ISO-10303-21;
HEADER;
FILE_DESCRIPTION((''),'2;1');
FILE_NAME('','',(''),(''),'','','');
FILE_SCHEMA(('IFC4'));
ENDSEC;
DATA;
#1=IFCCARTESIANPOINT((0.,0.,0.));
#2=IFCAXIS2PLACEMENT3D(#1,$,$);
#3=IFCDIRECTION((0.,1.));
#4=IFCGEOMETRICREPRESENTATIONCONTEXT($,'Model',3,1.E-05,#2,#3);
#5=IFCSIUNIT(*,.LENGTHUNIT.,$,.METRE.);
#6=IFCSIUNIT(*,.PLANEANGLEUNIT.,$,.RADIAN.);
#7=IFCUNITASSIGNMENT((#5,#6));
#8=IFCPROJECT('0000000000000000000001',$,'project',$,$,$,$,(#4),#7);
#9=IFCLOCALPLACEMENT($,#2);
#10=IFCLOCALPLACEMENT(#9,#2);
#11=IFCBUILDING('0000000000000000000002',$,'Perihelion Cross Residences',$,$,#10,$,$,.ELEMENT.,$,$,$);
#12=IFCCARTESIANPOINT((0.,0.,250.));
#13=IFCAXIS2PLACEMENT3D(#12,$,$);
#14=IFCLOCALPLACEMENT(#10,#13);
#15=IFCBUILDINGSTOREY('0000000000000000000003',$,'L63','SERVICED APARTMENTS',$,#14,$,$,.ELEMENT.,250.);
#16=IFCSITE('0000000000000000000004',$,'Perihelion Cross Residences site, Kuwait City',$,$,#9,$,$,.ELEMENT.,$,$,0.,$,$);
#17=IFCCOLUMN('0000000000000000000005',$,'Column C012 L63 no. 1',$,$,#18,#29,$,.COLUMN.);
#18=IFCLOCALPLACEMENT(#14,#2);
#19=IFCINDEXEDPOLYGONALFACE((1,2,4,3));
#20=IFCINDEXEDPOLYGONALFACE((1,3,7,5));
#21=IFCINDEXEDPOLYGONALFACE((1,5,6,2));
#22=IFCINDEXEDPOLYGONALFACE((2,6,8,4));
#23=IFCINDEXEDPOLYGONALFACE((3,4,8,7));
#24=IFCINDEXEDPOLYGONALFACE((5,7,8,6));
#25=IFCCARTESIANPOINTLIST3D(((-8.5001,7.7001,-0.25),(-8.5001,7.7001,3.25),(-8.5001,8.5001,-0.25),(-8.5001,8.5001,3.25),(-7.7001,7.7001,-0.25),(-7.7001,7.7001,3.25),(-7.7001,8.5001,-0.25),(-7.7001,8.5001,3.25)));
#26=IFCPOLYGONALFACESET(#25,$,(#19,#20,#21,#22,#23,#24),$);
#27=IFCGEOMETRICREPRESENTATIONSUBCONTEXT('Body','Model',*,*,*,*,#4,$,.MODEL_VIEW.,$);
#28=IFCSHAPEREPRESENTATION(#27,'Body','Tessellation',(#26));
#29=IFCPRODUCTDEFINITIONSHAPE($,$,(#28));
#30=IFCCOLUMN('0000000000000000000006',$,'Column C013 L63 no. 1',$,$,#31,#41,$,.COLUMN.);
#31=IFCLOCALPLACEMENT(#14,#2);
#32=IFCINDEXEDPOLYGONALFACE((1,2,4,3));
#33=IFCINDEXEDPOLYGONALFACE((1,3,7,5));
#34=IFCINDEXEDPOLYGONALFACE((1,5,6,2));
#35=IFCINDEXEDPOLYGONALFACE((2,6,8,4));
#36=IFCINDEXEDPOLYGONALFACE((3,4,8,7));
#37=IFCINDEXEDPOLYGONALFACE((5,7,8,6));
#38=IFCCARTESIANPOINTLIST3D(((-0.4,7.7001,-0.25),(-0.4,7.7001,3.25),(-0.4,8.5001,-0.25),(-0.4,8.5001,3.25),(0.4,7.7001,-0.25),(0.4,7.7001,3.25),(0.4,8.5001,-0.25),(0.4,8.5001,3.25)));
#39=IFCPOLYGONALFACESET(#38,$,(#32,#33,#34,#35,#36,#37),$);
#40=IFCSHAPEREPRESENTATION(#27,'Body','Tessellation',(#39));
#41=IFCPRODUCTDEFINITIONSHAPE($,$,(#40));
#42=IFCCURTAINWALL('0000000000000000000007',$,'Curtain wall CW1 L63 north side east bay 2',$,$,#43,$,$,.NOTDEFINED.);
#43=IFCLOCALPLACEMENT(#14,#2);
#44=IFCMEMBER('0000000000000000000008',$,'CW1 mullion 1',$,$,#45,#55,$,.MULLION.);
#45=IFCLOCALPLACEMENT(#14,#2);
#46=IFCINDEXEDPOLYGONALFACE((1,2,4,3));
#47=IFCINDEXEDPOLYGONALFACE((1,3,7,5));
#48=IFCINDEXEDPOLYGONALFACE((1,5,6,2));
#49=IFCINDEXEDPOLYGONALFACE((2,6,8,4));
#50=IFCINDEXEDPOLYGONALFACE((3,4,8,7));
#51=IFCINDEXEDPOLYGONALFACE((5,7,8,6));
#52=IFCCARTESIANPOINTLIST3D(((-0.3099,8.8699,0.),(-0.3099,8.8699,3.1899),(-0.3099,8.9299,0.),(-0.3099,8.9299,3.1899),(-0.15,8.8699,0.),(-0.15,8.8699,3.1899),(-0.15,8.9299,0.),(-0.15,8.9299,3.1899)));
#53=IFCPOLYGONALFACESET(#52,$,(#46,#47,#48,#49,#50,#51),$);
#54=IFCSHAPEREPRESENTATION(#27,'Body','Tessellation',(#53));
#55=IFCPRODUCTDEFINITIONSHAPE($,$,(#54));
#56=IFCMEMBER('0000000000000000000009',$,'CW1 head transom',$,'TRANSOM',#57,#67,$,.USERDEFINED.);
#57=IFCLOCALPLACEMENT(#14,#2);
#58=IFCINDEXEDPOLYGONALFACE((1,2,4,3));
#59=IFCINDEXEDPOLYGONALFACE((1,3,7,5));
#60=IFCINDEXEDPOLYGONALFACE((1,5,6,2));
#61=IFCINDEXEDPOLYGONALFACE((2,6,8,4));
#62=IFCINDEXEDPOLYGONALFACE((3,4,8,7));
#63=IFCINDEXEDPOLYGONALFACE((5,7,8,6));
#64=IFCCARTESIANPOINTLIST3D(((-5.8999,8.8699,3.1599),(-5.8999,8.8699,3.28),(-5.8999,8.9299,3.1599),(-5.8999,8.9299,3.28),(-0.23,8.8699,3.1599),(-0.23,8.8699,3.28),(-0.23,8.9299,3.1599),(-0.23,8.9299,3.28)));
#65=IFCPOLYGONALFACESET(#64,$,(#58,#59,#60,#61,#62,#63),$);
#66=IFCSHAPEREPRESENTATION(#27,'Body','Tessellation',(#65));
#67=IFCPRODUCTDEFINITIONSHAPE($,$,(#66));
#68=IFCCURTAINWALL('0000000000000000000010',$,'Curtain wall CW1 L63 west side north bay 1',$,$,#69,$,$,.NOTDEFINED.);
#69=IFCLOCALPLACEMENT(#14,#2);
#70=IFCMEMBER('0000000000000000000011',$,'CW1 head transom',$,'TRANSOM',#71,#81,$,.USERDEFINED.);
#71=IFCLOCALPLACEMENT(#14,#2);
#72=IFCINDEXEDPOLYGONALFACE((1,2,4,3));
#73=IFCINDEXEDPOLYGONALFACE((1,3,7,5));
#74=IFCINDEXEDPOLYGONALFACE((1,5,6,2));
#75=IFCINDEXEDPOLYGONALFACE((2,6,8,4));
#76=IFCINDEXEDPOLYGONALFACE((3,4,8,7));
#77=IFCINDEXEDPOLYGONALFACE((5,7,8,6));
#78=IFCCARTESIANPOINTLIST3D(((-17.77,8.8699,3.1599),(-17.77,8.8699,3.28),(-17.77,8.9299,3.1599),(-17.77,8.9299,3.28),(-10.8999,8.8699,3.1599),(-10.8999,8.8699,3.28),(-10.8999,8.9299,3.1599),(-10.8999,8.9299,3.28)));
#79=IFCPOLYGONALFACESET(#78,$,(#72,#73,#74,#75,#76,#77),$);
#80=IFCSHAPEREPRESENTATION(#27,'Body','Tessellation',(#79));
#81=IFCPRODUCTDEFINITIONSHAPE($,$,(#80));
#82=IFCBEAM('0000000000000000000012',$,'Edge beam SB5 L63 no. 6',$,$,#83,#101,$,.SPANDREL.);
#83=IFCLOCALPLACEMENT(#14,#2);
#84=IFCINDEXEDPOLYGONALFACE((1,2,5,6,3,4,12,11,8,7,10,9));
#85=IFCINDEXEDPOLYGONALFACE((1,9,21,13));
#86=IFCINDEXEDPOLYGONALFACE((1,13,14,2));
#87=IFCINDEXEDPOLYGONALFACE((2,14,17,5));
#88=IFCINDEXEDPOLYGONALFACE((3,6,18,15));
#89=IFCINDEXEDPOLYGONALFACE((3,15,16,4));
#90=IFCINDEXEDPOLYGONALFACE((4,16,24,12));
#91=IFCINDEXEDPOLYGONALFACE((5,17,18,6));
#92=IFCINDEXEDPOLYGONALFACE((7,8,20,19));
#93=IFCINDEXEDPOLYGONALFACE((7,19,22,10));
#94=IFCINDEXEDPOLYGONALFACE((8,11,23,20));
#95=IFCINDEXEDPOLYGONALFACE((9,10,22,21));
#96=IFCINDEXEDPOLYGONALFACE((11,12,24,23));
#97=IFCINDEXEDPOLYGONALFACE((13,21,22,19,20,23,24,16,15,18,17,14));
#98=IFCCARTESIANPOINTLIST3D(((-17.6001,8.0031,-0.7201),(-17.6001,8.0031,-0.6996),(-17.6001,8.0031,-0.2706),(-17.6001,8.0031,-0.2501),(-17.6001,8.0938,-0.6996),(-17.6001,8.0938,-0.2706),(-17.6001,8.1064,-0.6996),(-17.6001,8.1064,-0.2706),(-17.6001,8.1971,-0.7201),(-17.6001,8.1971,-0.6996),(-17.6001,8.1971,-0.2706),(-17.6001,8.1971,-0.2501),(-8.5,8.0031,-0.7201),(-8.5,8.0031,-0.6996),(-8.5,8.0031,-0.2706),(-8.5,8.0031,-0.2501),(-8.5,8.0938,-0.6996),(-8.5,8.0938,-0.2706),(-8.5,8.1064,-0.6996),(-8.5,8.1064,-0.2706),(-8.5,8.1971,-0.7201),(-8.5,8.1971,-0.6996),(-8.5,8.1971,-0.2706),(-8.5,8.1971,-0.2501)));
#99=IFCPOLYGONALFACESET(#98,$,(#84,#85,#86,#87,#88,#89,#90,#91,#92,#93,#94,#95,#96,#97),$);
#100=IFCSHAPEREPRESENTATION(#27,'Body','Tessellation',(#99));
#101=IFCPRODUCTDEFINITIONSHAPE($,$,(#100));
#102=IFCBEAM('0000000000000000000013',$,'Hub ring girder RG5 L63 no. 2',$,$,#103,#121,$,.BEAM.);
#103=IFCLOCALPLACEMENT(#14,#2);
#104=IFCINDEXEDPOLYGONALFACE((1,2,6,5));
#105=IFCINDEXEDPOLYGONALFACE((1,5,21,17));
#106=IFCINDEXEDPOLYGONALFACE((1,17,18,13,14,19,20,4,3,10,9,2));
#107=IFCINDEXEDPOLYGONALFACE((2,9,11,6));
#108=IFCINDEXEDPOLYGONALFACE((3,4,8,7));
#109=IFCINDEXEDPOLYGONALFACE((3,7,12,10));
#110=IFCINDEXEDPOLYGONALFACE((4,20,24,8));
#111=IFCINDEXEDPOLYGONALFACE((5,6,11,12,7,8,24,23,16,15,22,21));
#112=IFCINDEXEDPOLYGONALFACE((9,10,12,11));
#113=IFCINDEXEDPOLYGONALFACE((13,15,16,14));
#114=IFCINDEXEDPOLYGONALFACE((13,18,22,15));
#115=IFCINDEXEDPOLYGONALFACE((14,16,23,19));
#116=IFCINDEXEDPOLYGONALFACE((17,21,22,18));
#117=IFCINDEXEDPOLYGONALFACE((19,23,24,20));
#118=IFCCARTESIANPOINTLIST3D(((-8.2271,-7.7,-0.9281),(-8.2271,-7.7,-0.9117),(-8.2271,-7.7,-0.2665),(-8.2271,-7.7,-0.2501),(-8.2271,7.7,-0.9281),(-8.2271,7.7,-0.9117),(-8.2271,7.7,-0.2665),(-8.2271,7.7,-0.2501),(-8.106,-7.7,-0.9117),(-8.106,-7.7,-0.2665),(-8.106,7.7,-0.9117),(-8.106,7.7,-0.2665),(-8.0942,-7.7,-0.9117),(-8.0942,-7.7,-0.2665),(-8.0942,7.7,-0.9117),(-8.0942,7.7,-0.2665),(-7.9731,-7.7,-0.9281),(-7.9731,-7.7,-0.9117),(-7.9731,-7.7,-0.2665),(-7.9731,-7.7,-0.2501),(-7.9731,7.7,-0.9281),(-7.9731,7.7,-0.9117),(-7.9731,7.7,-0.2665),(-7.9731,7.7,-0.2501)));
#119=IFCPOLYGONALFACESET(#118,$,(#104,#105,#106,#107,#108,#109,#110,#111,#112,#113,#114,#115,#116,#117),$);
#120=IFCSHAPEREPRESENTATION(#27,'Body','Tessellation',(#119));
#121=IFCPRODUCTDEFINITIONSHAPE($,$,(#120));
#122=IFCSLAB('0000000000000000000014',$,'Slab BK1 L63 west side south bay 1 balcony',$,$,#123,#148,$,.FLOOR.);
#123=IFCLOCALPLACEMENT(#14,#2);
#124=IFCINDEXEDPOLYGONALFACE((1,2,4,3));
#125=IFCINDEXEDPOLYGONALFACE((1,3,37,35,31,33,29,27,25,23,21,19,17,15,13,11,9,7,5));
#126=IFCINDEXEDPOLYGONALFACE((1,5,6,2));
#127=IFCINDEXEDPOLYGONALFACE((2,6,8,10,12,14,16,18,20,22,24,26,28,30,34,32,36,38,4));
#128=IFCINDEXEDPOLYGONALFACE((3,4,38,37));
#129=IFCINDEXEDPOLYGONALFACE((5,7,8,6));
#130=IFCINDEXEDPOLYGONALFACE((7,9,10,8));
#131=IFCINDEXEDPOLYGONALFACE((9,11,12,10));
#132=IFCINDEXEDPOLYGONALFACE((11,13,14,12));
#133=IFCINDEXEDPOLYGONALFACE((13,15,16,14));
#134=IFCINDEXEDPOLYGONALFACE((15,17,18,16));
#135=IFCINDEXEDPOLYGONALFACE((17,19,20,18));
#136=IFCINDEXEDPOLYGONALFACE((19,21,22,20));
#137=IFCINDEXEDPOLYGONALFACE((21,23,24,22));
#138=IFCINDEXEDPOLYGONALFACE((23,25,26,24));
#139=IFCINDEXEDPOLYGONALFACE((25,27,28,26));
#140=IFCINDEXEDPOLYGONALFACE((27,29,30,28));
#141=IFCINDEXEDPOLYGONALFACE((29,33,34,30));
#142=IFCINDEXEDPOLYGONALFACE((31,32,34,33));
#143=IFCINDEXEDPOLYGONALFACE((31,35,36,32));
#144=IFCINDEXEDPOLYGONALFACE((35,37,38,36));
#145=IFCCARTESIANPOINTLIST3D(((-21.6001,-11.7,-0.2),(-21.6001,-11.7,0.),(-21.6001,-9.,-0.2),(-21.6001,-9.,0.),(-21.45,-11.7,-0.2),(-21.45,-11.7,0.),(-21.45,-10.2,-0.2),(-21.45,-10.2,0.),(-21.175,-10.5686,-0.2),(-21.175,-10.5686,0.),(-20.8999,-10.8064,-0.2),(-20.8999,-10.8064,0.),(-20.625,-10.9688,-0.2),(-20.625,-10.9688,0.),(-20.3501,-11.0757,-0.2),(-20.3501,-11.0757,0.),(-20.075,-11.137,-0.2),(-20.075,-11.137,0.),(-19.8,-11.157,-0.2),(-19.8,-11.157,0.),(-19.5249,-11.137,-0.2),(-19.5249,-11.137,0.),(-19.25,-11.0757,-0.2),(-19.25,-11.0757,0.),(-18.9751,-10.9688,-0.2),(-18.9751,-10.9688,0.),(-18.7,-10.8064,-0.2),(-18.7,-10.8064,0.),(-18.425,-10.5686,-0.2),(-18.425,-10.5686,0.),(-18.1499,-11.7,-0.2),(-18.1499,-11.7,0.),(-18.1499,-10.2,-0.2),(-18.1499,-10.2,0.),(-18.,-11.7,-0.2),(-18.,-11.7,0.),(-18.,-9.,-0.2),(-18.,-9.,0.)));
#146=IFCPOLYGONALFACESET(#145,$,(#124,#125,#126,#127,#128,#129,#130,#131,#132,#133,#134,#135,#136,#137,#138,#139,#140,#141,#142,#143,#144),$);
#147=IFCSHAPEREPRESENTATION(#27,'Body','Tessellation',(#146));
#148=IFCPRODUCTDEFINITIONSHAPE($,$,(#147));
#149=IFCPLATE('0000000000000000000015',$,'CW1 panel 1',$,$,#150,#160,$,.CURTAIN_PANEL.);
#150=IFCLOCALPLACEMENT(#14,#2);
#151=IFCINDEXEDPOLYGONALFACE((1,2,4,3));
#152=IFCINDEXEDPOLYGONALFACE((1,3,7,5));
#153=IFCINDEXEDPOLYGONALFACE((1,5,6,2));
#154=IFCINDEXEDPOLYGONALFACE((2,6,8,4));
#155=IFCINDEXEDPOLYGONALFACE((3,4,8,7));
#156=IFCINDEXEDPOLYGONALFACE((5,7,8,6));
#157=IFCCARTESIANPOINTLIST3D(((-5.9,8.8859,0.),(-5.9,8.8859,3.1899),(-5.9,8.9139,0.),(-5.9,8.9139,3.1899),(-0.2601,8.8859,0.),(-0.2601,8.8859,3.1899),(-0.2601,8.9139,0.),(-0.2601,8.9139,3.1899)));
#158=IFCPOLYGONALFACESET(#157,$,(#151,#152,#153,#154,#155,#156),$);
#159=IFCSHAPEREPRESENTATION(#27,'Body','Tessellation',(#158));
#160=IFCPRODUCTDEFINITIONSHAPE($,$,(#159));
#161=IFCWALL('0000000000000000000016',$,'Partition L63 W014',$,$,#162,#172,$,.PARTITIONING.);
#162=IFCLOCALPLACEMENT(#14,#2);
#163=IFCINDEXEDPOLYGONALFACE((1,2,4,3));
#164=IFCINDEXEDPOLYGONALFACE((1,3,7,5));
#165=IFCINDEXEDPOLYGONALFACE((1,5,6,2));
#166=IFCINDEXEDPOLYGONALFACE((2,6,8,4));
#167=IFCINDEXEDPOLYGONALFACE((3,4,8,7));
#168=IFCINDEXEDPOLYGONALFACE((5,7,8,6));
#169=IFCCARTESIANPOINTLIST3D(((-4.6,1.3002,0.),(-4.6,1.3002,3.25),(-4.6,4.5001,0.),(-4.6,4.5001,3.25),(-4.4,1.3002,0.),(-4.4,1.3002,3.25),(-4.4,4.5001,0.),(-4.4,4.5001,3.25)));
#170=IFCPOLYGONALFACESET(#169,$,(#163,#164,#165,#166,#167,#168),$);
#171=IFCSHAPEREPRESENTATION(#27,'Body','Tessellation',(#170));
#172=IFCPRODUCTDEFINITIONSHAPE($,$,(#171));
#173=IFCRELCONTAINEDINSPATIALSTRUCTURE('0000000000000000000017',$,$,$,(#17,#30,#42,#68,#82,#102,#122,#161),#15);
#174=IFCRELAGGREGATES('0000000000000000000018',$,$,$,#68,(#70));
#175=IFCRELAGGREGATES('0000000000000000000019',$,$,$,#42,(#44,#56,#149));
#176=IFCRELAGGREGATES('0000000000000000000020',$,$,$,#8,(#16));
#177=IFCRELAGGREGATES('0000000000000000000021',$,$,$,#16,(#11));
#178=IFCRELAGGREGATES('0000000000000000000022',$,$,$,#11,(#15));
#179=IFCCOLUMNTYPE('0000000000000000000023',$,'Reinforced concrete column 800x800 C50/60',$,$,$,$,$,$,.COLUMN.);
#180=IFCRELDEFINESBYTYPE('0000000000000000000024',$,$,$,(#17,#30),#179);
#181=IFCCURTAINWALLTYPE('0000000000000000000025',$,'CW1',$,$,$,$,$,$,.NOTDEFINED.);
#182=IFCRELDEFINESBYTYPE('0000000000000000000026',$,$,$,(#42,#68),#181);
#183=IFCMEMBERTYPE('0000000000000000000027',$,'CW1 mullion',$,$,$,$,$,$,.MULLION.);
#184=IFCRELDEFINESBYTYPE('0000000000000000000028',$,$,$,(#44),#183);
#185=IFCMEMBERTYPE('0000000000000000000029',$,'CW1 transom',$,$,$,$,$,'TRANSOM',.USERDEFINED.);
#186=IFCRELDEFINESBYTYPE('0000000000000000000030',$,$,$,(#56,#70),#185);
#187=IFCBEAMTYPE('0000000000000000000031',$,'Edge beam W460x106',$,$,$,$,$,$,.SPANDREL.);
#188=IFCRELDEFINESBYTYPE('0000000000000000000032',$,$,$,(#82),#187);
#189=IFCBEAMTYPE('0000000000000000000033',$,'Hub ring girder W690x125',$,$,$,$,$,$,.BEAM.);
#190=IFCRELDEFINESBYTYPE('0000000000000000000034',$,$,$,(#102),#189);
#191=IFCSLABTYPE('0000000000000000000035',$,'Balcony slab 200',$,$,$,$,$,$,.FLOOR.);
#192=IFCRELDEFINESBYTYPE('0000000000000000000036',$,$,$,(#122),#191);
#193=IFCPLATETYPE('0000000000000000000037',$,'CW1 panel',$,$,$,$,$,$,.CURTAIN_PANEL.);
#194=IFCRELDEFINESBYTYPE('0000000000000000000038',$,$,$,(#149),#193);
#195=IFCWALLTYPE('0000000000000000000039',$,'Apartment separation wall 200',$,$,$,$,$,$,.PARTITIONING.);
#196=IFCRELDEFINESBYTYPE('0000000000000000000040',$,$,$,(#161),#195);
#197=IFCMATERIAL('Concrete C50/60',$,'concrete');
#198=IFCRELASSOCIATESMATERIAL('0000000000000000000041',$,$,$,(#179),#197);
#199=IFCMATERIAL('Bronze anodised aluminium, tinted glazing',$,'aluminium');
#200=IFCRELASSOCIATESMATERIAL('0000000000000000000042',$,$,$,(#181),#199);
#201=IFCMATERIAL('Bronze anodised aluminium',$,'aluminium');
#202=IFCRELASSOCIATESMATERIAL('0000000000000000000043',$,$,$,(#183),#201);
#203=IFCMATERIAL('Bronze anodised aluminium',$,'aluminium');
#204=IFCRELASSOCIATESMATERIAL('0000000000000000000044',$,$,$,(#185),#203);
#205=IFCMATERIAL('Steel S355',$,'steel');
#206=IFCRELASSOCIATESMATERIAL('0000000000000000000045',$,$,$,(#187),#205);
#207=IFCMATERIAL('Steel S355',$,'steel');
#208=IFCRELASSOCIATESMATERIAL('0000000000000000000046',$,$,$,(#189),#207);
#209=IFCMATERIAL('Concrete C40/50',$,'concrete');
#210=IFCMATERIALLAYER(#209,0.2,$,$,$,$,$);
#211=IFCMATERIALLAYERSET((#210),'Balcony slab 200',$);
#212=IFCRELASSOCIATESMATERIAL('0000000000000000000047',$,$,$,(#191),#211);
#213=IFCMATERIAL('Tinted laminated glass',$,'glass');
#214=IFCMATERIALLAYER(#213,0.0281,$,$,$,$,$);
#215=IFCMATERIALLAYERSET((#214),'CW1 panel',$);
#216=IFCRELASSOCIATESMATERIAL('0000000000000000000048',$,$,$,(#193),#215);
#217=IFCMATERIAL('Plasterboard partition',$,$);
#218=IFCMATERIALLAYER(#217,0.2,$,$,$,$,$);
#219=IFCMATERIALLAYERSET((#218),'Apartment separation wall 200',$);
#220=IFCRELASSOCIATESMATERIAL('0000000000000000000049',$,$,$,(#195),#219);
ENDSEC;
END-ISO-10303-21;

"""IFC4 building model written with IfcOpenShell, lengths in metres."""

from ifc_helpers import new_model, si_unit, direction, frame, frame_2d, origin, origin_2d, place, context, subcontext, project, spatial, polyline, rectangle, i_section, outline, extrude, material, layer, layer_set, material_profile, profile_set, type_object, element, aggregate, save


model = new_model("IFC4")

# Units and contexts
model_context = context("Model", 3, precision=1e-05, world=origin(), true_north=direction((0.0, 1.0)))
body_context = subcontext(model_context, "Body", "Model", "MODEL_VIEW")
ifc_project = project(units=[si_unit("LENGTHUNIT", "METRE"), si_unit("PLANEANGLEUNIT", "RADIAN")], contexts=[model_context])

# Site, building, storey
site_placement = place(None, origin())
site = spatial("IfcSite", under=ifc_project, at=site_placement, Name="Perihelion Cross Residences site, Kuwait City", CompositionType="ELEMENT", RefElevation=0.0)
building_placement = place(site_placement, origin())
building = spatial("IfcBuilding", under=site, at=building_placement, Name="Perihelion Cross Residences", CompositionType="ELEMENT")
storey_placement = place(building_placement, frame((0.0, 0.0, 250.0)))
storey = spatial("IfcBuildingStorey", under=building, at=storey_placement, Name="L63", Description="SERVICED APARTMENTS", CompositionType="ELEMENT", Elevation=250.0)

# Columns
ifc_material_1 = material(Name="Concrete C50/60", Category="concrete")
ifc_material_profile_1 = material_profile(ifc_material_1, rectangle(XDim=0.8, YDim=0.8, at=origin_2d()), Name="RC 800x800")
ifc_profile_set_1 = profile_set([ifc_material_profile_1], Name="Concrete C50/60")
column_type = type_object("IfcColumnType", Name="Reinforced concrete column 800x800 C50/60", PredefinedType="COLUMN", material=ifc_profile_set_1)
for number, where, z_axis, x_axis, name in (
    (1, (-8.1001, 8.1001, -0.25), (0.0, 0.0, 1.0), (1.0, 0.0, 0.0), "Column C012 L63 no. 1"),
    (2, (0.0, 8.1001, -0.25), (0.0, 0.0, 1.0), (1.0, 0.0, 0.0), "Column C013 L63 no. 1"),
):
    element("IfcColumn", number, at=place(storey_placement, frame(where, z_axis=z_axis, x_axis=x_axis)), inside=storey, type_object=column_type, Name=name, PredefinedType="COLUMN", context=body_context, shape_type="SweptSolid", body=[
        extrude(rectangle(XDim=0.8, YDim=0.8, at=origin_2d()), origin(), (0.0, 0.0, 1.0), 3.5),
    ])

# Curtain wall, members
ifc_material_2 = material(Name="Bronze anodised aluminium, tinted glazing", Category="aluminium")
curtain_wall_type = type_object("IfcCurtainWallType", Name="CW1", PredefinedType="NOTDEFINED", material=ifc_material_2)
curtain_wall_1_placement = place(storey_placement, origin())
curtain_wall_1 = element("IfcCurtainWall", 3, at=curtain_wall_1_placement, inside=storey, type_object=curtain_wall_type, Name="Curtain wall CW1 L63 north side east bay 2", PredefinedType="NOTDEFINED")
ifc_material_3 = material(Name="Bronze anodised aluminium", Category="aluminium")
ifc_material_profile_2 = material_profile(ifc_material_3, rectangle(XDim=0.0601, YDim=0.1599, at=origin_2d()), Name="CW1 mullion")
ifc_profile_set_2 = profile_set([ifc_material_profile_2], Name="Bronze anodised aluminium")
member_type_1 = type_object("IfcMemberType", Name="CW1 mullion", PredefinedType="MULLION", material=ifc_profile_set_2)
member_1_placement = place(storey_placement, frame((-0.23, 8.8999, 0.0), z_axis=(0.0, 0.0, 1.0), x_axis=(0.0, -1.0, 0.0)))
member_1 = element("IfcMember", 4, at=member_1_placement, type_object=member_type_1, Name="CW1 mullion 1", PredefinedType="MULLION", context=body_context, shape_type="SweptSolid", body=[
    extrude(rectangle(XDim=0.0601, YDim=0.1599, at=origin_2d()), origin(), (0.0, 0.0, 1.0), 3.1899),
])
ifc_material_4 = material(Name="Bronze anodised aluminium", Category="aluminium")
ifc_material_profile_3 = material_profile(ifc_material_4, rectangle(XDim=0.0601, YDim=0.1201, at=origin_2d()), Name="CW1 transom")
ifc_profile_set_3 = profile_set([ifc_material_profile_3], Name="Bronze anodised aluminium")
member_type_2 = type_object("IfcMemberType", Name="CW1 transom", ElementType="TRANSOM", PredefinedType="USERDEFINED", material=ifc_profile_set_3)
member_2_placement = place(storey_placement, frame((-0.23, 8.8999, 3.22), z_axis=(-1.0, 0.0, 0.0), x_axis=(0.0, -1.0, 0.0)))
member_2 = element("IfcMember", 5, at=member_2_placement, type_object=member_type_2, Name="CW1 head transom", ObjectType="TRANSOM", PredefinedType="USERDEFINED", context=body_context, shape_type="SweptSolid", body=[
    extrude(rectangle(XDim=0.0601, YDim=0.1201, at=origin_2d()), origin(), (0.0, 0.0, 1.0), 5.6699),
])

# Curtain wall, member
curtain_wall_2_placement = place(storey_placement, origin())
curtain_wall_2 = element("IfcCurtainWall", 6, at=curtain_wall_2_placement, inside=storey, type_object=curtain_wall_type, Name="Curtain wall CW1 L63 west side north bay 1", PredefinedType="NOTDEFINED")
member_3_placement = place(storey_placement, frame((-10.8999, 8.8999, 3.22), z_axis=(-1.0, 0.0, 0.0), x_axis=(0.0, -1.0, 0.0)))
member_3 = element("IfcMember", 7, at=member_3_placement, type_object=member_type_2, Name="CW1 head transom", ObjectType="TRANSOM", PredefinedType="USERDEFINED", context=body_context, shape_type="SweptSolid", body=[
    extrude(rectangle(XDim=0.0601, YDim=0.1201, at=origin_2d()), origin(), (0.0, 0.0, 1.0), 6.8701),
])
aggregate(curtain_wall_2, [member_3])

# Beams
ifc_material_5 = material(Name="Steel S355", Category="steel")
ifc_material_profile_4 = material_profile(ifc_material_5, i_section(OverallWidth=0.1941, OverallDepth=0.47, WebThickness=0.0127, FlangeThickness=0.0205, at=origin_2d()), Name="W460x106")
ifc_profile_set_4 = profile_set([ifc_material_profile_4], Name="Steel S355")
beam_type_1 = type_object("IfcBeamType", Name="Edge beam W460x106", PredefinedType="SPANDREL", material=ifc_profile_set_4)
beam_1_placement = place(storey_placement, frame((-8.5, 8.1001, -0.4851), z_axis=(-1.0, 0.0, 0.0), x_axis=(0.0, -1.0, 0.0)))
element("IfcBeam", 8, at=beam_1_placement, inside=storey, type_object=beam_type_1, Name="Edge beam SB5 L63 no. 6", PredefinedType="SPANDREL", context=body_context, shape_type="SweptSolid", body=[
    extrude(i_section(OverallWidth=0.1941, OverallDepth=0.47, WebThickness=0.0127, FlangeThickness=0.0205, at=origin_2d()), origin(), (0.0, 0.0, 1.0), 9.1001),
])
ifc_material_6 = material(Name="Steel S355", Category="steel")
ifc_material_profile_5 = material_profile(ifc_material_6, i_section(OverallWidth=0.2539, OverallDepth=0.678, WebThickness=0.0117, FlangeThickness=0.0164, at=origin_2d()), Name="W690x125")
ifc_profile_set_5 = profile_set([ifc_material_profile_5], Name="Steel S355")
beam_type_2 = type_object("IfcBeamType", Name="Hub ring girder W690x125", PredefinedType="BEAM", material=ifc_profile_set_5)
beam_2_placement = place(storey_placement, frame((-8.1001, 7.7, -0.5891), z_axis=(0.0, -1.0, 0.0), x_axis=(1.0, 0.0, 0.0)))
element("IfcBeam", 9, at=beam_2_placement, inside=storey, type_object=beam_type_2, Name="Hub ring girder RG5 L63 no. 2", PredefinedType="BEAM", context=body_context, shape_type="SweptSolid", body=[
    extrude(i_section(OverallWidth=0.2539, OverallDepth=0.678, WebThickness=0.0117, FlangeThickness=0.0164, at=origin_2d()), origin(), (0.0, 0.0, 1.0), 15.3999),
])

# Slab
ifc_material_7 = material(Name="Concrete C40/50", Category="concrete")
ifc_layer_1 = layer(ifc_material_7, 0.2)
ifc_layer_set_1 = layer_set([ifc_layer_1], Name="Balcony slab 200")
slab_type = type_object("IfcSlabType", Name="Balcony slab 200", PredefinedType="FLOOR", material=ifc_layer_set_1)
slab_placement = place(storey_placement, frame((0.0, 0.0, -0.2)))
element("IfcSlab", 10, at=slab_placement, inside=storey, type_object=slab_type, Name="Slab BK1 L63 west side south bay 1 balcony", PredefinedType="FLOOR", context=body_context, shape_type="SweptSolid", body=[
    extrude(outline(polyline([(-21.6001, -9.0), (-18.0, -9.0), (-18.0, -11.7), (-18.1499, -11.7), (-18.1499, -10.2), (-18.425, -10.5686), (-18.7, -10.8064), (-18.9751, -10.9688), (-19.25, -11.0757), (-19.5249, -11.137), (-19.8, -11.157), (-20.075, -11.137), (-20.3501, -11.0757), (-20.625, -10.9688), (-20.8999, -10.8064), (-21.175, -10.5686), (-21.45, -10.2), (-21.45, -11.7), (-21.6001, -11.7), (-21.6001, -9.0)])), origin(), (0.0, 0.0, 1.0), 0.2),
])

# Plate
ifc_material_8 = material(Name="Tinted laminated glass", Category="glass")
ifc_layer_2 = layer(ifc_material_8, 0.0281)
ifc_layer_set_2 = layer_set([ifc_layer_2], Name="CW1 panel")
plate_type = type_object("IfcPlateType", Name="CW1 panel", PredefinedType="CURTAIN_PANEL", material=ifc_layer_set_2)
plate_placement = place(storey_placement, frame((-3.0801, 8.8999, 0.0), z_axis=(0.0, 0.0, 1.0), x_axis=(-1.0, 0.0, 0.0)))
plate = element("IfcPlate", 11, at=plate_placement, type_object=plate_type, Name="CW1 panel 1", PredefinedType="CURTAIN_PANEL", context=body_context, shape_type="SweptSolid", body=[
    extrude(rectangle(XDim=5.6399, YDim=0.0281, at=origin_2d()), origin(), (0.0, 0.0, 1.0), 3.1899),
])
aggregate(curtain_wall_1, [member_1, member_2, plate])

# Wall
ifc_material_9 = material(Name="Plasterboard partition")
ifc_layer_3 = layer(ifc_material_9, 0.2)
ifc_layer_set_3 = layer_set([ifc_layer_3], Name="Apartment separation wall 200")
wall_type_1 = type_object("IfcWallType", Name="Apartment separation wall 200", PredefinedType="PARTITIONING", material=ifc_layer_set_3)
wall_1_placement = place(storey_placement, frame((-4.5, 1.3, 0.0), z_axis=(0.0, 0.0, 1.0), x_axis=(0.0, 1.0, 0.0)))
element("IfcWall", 12, at=wall_1_placement, inside=storey, type_object=wall_type_1, Name="Partition L63 W014", PredefinedType="PARTITIONING", context=body_context, shape_type="SweptSolid", body=[
    extrude(rectangle(XDim=3.2, YDim=0.2, at=frame_2d((1.6001, 0.0))), origin(), (0.0, 0.0, 1.0), 3.25),
])

save(model, "model.ifc")
